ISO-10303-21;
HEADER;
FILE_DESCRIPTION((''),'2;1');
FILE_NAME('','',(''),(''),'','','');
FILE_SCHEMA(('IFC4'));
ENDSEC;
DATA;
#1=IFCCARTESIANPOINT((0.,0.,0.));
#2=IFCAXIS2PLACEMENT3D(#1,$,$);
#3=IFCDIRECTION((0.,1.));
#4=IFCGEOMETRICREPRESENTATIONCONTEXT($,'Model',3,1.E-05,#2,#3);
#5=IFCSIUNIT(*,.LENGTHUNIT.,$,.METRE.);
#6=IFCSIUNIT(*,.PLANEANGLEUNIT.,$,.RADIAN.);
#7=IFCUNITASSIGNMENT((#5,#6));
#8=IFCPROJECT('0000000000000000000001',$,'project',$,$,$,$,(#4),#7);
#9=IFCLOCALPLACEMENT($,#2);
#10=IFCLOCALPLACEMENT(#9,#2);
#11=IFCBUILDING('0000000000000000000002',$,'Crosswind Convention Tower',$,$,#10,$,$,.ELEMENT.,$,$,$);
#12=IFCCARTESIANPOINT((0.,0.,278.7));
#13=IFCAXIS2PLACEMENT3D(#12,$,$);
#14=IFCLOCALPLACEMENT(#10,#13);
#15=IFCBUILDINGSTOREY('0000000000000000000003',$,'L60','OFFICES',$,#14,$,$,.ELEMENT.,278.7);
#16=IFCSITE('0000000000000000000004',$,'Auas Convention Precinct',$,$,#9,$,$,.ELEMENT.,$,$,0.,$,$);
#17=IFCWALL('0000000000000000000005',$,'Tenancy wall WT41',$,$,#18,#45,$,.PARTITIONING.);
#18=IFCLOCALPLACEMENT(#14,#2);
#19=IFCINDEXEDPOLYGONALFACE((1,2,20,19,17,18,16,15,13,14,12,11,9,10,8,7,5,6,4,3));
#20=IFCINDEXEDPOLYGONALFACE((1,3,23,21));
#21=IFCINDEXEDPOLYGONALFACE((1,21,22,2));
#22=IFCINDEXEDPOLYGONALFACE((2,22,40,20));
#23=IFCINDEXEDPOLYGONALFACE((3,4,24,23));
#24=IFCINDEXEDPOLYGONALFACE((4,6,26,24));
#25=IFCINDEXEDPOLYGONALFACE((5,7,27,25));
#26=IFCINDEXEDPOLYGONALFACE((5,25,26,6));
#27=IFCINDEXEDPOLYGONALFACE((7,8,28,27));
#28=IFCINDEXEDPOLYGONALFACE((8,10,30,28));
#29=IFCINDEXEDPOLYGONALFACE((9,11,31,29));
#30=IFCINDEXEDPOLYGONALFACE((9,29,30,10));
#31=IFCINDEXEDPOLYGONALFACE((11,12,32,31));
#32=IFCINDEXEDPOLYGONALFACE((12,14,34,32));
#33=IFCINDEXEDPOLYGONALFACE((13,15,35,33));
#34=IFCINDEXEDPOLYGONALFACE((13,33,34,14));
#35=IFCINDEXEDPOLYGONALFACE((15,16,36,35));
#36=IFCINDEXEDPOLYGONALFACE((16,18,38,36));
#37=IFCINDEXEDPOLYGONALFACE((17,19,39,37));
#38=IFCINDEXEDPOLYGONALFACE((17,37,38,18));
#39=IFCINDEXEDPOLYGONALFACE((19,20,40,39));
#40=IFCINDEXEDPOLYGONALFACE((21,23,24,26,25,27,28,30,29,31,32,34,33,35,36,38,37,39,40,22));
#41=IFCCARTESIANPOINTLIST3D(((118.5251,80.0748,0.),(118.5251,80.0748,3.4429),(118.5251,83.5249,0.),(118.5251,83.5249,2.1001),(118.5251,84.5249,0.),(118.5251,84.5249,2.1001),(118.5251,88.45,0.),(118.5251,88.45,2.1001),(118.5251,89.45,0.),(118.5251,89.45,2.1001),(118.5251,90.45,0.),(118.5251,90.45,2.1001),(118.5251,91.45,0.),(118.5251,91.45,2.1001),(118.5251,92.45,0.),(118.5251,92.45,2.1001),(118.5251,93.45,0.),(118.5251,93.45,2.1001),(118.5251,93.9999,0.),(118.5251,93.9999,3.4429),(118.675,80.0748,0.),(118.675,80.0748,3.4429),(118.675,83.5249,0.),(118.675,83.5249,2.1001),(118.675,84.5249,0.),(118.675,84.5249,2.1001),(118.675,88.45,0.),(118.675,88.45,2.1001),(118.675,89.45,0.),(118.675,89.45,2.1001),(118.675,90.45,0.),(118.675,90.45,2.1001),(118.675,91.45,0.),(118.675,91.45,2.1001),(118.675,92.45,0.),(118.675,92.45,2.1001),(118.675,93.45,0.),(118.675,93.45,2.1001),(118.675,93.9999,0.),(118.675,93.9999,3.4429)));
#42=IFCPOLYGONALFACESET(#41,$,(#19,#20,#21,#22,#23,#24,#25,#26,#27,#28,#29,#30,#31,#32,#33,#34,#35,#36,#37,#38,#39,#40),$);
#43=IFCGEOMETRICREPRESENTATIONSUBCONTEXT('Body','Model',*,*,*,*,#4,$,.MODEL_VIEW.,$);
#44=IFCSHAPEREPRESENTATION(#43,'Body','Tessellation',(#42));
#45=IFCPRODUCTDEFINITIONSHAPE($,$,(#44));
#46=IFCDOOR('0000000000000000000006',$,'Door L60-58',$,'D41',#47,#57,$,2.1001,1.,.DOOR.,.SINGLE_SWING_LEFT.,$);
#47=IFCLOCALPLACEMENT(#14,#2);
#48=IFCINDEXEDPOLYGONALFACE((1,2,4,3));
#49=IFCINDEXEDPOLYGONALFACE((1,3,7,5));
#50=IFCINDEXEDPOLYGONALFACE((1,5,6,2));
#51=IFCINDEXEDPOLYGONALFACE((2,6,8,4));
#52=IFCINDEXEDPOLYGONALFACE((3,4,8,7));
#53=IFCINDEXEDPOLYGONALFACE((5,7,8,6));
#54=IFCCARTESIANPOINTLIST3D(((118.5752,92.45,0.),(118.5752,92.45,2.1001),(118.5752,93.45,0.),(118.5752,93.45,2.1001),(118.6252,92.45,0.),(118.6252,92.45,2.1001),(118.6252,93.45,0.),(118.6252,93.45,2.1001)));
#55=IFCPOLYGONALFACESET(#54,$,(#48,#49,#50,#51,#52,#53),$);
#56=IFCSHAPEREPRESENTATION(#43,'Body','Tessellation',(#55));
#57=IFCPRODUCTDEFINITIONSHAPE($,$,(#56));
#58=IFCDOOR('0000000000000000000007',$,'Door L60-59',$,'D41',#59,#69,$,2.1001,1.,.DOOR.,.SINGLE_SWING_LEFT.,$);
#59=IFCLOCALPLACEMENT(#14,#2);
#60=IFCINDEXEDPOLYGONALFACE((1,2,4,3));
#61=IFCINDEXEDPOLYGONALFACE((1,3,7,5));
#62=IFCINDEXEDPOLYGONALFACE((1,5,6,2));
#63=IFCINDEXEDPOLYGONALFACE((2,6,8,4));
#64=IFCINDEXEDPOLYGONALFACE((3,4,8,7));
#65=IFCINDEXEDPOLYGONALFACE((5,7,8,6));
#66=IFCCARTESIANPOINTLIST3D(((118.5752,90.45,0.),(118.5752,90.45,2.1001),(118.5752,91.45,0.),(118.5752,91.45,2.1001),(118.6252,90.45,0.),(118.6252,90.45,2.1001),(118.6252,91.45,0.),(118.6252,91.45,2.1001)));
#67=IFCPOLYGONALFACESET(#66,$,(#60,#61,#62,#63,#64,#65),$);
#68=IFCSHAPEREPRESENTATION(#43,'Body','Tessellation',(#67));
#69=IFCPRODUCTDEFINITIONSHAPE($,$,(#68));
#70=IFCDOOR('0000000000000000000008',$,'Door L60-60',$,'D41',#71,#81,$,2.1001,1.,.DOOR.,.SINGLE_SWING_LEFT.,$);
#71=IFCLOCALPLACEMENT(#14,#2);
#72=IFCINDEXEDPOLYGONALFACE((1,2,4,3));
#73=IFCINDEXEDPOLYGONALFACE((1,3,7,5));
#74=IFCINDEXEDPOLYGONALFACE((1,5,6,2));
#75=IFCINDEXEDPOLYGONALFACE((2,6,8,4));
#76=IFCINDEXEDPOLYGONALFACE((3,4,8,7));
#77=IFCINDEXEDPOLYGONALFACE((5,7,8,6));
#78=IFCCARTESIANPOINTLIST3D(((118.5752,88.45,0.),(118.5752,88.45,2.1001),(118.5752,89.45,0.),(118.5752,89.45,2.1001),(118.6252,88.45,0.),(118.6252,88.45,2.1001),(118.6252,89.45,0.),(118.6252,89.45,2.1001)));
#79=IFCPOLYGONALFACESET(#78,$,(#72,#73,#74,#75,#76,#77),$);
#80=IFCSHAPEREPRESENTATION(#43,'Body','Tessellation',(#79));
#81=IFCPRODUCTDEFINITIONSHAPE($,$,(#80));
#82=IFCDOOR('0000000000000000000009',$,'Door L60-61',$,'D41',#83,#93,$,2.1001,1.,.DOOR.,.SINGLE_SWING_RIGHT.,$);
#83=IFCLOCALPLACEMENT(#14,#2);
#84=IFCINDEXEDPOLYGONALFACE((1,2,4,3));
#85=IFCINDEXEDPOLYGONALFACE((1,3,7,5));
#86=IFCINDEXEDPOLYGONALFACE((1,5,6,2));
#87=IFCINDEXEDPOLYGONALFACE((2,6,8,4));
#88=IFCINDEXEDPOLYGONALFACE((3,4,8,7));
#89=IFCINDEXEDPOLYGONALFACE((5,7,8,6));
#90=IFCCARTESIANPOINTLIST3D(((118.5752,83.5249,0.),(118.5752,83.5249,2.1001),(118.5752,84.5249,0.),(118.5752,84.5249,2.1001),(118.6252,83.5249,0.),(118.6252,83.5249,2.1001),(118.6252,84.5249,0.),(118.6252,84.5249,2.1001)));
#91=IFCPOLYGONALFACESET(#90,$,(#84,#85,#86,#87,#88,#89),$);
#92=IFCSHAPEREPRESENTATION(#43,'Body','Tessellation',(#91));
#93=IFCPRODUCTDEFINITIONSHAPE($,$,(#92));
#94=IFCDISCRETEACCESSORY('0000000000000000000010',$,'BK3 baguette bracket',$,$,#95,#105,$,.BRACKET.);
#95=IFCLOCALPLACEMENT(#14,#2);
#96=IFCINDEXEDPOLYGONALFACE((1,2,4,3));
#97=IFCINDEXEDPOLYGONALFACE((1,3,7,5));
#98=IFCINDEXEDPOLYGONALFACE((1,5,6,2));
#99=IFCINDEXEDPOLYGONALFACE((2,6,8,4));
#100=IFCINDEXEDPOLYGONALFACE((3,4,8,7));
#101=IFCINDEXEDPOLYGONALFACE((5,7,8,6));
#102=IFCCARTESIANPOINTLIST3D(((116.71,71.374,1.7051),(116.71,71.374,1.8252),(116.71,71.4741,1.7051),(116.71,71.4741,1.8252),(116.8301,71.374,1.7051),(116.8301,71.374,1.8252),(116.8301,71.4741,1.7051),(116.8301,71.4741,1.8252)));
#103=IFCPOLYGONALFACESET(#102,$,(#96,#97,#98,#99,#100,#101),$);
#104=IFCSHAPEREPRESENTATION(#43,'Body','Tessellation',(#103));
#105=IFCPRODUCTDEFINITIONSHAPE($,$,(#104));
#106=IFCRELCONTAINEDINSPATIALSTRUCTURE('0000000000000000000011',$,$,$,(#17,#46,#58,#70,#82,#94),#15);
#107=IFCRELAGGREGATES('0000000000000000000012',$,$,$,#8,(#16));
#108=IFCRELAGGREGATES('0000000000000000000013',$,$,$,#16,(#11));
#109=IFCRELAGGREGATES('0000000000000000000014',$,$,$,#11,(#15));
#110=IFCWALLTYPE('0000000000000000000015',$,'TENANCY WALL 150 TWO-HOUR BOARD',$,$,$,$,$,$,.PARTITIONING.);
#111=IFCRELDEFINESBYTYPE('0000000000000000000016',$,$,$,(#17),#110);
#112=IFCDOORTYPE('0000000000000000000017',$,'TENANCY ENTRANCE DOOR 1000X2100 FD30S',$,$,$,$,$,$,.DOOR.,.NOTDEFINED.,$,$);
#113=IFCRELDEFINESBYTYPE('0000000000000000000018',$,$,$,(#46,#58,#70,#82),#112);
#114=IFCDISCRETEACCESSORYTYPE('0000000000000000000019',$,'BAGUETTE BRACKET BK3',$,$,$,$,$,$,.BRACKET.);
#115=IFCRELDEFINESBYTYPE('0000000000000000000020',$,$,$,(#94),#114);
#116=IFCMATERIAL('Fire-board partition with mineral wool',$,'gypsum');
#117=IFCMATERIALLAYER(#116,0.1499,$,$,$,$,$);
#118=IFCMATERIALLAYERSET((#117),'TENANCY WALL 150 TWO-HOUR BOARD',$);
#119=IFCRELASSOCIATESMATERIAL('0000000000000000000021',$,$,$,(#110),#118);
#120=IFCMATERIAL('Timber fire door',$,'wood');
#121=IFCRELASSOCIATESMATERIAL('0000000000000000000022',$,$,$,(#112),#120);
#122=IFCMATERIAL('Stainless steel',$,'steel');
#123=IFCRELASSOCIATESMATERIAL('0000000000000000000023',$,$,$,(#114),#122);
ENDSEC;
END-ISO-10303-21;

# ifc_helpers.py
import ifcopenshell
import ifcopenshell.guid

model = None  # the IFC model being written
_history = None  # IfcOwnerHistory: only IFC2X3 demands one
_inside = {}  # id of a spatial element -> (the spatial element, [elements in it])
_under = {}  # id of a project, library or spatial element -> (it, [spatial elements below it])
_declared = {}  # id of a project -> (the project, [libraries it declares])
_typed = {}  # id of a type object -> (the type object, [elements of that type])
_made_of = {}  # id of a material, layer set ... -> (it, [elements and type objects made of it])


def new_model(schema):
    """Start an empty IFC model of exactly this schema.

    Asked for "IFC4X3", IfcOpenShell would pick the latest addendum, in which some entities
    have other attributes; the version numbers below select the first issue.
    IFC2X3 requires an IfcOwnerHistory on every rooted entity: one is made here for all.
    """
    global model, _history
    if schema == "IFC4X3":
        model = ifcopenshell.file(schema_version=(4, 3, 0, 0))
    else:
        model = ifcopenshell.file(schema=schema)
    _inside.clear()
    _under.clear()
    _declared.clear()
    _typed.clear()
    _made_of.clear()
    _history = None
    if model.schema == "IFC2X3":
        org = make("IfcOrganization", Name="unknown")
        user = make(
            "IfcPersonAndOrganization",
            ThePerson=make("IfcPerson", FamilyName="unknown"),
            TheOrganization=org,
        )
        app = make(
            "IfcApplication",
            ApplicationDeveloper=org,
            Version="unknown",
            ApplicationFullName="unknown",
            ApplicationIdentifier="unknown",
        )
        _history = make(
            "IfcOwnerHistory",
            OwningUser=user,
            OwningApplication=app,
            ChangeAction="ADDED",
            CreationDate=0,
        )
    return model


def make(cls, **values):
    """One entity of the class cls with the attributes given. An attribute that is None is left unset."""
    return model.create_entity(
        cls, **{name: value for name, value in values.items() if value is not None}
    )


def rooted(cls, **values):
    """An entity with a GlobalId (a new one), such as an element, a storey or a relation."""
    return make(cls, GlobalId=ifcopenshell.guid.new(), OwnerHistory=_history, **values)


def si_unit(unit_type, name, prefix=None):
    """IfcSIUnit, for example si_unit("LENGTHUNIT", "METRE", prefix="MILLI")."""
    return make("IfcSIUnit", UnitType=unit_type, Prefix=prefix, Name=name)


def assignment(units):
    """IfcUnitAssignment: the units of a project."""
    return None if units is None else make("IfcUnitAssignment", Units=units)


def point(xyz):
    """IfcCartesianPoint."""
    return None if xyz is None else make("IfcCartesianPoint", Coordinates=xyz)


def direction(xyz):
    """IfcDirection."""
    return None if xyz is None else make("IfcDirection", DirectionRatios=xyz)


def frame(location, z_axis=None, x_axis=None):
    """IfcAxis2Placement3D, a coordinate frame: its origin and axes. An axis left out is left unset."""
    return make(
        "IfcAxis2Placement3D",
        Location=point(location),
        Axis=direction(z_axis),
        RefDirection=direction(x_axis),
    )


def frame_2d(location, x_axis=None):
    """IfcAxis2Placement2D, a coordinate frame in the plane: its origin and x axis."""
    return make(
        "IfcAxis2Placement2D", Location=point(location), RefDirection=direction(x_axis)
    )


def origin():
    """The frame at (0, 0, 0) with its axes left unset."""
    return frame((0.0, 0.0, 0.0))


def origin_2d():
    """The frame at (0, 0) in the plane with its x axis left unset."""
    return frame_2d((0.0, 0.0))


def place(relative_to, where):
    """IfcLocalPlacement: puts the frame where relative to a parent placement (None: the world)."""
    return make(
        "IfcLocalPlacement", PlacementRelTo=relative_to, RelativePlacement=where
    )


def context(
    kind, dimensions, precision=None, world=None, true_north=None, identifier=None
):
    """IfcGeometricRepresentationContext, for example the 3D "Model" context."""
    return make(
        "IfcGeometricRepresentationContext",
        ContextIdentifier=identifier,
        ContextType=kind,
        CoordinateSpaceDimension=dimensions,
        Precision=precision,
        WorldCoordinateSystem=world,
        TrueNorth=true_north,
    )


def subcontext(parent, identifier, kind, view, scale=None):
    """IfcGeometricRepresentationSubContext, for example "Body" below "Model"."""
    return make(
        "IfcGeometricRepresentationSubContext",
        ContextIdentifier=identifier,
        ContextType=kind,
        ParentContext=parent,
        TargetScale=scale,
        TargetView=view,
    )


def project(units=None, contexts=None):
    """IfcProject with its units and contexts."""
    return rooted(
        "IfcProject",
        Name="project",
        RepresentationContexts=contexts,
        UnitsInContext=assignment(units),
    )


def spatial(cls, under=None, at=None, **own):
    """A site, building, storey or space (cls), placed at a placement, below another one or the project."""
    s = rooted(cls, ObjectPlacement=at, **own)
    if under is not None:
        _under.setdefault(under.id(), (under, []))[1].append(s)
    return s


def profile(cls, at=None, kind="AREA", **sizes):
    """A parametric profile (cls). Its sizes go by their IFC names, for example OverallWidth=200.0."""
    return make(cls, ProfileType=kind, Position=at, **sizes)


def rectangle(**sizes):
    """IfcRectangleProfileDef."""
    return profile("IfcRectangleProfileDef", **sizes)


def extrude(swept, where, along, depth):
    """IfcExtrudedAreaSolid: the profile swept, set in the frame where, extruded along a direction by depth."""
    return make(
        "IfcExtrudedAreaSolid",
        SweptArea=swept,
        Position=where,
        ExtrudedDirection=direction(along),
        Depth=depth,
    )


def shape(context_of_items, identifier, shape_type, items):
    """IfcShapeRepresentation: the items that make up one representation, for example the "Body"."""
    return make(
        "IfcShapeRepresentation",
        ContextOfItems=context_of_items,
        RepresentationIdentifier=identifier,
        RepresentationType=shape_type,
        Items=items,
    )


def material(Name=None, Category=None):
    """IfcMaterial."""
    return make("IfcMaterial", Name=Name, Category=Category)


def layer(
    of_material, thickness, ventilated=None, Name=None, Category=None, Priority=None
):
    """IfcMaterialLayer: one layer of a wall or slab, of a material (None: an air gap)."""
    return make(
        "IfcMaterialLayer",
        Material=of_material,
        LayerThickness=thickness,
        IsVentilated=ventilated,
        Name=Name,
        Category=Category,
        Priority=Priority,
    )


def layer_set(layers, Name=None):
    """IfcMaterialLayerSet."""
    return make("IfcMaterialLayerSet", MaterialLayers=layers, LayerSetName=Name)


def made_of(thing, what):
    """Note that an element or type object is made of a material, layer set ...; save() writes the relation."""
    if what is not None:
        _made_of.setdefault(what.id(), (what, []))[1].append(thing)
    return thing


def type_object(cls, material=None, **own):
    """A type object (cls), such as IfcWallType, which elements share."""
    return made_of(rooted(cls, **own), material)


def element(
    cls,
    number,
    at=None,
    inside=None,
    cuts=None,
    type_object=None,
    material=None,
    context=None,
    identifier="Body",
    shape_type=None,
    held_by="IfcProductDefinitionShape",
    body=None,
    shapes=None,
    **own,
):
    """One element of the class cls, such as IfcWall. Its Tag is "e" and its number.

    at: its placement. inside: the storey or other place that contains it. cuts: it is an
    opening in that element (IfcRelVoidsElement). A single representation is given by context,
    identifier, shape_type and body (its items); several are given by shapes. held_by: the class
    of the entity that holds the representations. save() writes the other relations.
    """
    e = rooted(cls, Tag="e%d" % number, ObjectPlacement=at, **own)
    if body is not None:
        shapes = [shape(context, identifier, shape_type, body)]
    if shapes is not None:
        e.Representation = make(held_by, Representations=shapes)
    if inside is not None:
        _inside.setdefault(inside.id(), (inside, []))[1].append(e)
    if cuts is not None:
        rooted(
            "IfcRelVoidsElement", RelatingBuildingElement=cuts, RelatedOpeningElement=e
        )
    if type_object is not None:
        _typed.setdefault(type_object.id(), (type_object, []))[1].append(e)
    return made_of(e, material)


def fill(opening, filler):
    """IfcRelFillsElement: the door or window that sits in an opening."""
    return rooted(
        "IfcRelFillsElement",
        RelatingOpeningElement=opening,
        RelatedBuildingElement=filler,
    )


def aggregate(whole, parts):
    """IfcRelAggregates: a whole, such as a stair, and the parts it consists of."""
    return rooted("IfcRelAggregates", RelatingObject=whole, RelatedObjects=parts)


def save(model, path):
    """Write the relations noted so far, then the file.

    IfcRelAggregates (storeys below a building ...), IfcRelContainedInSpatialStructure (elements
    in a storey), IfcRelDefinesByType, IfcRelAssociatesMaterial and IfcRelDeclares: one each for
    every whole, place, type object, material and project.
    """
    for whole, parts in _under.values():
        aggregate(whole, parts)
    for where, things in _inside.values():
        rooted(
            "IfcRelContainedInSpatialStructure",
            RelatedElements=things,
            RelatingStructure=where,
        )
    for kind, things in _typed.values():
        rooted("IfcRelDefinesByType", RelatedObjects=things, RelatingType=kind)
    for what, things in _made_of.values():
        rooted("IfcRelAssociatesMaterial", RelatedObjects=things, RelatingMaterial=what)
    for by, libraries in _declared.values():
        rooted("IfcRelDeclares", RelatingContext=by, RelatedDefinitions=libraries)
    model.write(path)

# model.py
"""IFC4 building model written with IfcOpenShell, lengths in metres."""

from ifc_helpers import new_model, si_unit, direction, frame, frame_2d, origin, origin_2d, place, context, subcontext, project, spatial, rectangle, extrude, material, layer, layer_set, type_object, element, fill, save


model = new_model("IFC4")

# Units and contexts
model_context = context("Model", 3, precision=1e-05, world=origin(), true_north=direction((0.0, 1.0)))
body_context = subcontext(model_context, "Body", "Model", "MODEL_VIEW")
ifc_project = project(units=[si_unit("LENGTHUNIT", "METRE"), si_unit("PLANEANGLEUNIT", "RADIAN")], contexts=[model_context])

# Site, building, storey
site_placement = place(None, origin())
site = spatial("IfcSite", under=ifc_project, at=site_placement, Name="Auas Convention Precinct", CompositionType="ELEMENT", RefElevation=0.0)
building_placement = place(site_placement, origin())
building = spatial("IfcBuilding", under=site, at=building_placement, Name="Crosswind Convention Tower", CompositionType="ELEMENT")
storey_placement = place(building_placement, frame((0.0, 0.0, 278.7)))
storey = spatial("IfcBuildingStorey", under=building, at=storey_placement, Name="L60", Description="OFFICES", CompositionType="ELEMENT", Elevation=278.7)

# Wall, openings, doors
ifc_material_1 = material(Name="Fire-board partition with mineral wool", Category="gypsum")
ifc_layer_1 = layer(ifc_material_1, 0.1499)
ifc_layer_set_1 = layer_set([ifc_layer_1], Name="TENANCY WALL 150 TWO-HOUR BOARD")
wall_type = type_object("IfcWallType", Name="TENANCY WALL 150 TWO-HOUR BOARD", PredefinedType="PARTITIONING", material=ifc_layer_set_1)
wall_placement = place(storey_placement, frame((118.6001, 80.075, 0.0), z_axis=(0.0, 0.0, 1.0), x_axis=(0.0, 1.0, 0.0)))
wall = element("IfcWall", 1, at=wall_placement, inside=storey, type_object=wall_type, Name="Tenancy wall WT41", PredefinedType="PARTITIONING", context=body_context, shape_type="SweptSolid", body=[
    extrude(rectangle(XDim=13.925, YDim=0.1499, at=frame_2d((6.9624, 0.0))), origin(), (0.0, 0.0, 1.0), 3.4429),
])
opening_1_placement = place(wall_placement, frame((12.375, 0.0, 0.0)))
opening_1 = element("IfcOpeningElement", 2, at=opening_1_placement, cuts=wall, PredefinedType="OPENING", context=body_context, shape_type="SweptSolid", body=[
    extrude(rectangle(XDim=1.0, YDim=2.1001, at=frame_2d((0.5, 1.05))), frame((0.0, 0.085, 0.0), z_axis=(0.0, -1.0, 0.0), x_axis=(1.0, 0.0, 0.0)), (0.0, 0.0, 1.0), 0.1699),
])
opening_2_placement = place(wall_placement, frame((10.375, 0.0, 0.0)))
opening_2 = element("IfcOpeningElement", 3, at=opening_2_placement, cuts=wall, PredefinedType="OPENING", context=body_context, shape_type="SweptSolid", body=[
    extrude(rectangle(XDim=1.0, YDim=2.1001, at=frame_2d((0.5, 1.05))), frame((0.0, 0.085, 0.0), z_axis=(0.0, -1.0, 0.0), x_axis=(1.0, 0.0, 0.0)), (0.0, 0.0, 1.0), 0.1699),
])
opening_3_placement = place(wall_placement, frame((8.375, 0.0, 0.0)))
opening_3 = element("IfcOpeningElement", 4, at=opening_3_placement, cuts=wall, PredefinedType="OPENING", context=body_context, shape_type="SweptSolid", body=[
    extrude(rectangle(XDim=1.0, YDim=2.1001, at=frame_2d((0.5, 1.05))), frame((0.0, 0.085, 0.0), z_axis=(0.0, -1.0, 0.0), x_axis=(1.0, 0.0, 0.0)), (0.0, 0.0, 1.0), 0.1699),
])
opening_4_placement = place(wall_placement, frame((3.45, 0.0, 0.0)))
opening_4 = element("IfcOpeningElement", 5, at=opening_4_placement, cuts=wall, PredefinedType="OPENING", context=body_context, shape_type="SweptSolid", body=[
    extrude(rectangle(XDim=1.0, YDim=2.1001, at=frame_2d((0.5, 1.05))), frame((0.0, 0.085, 0.0), z_axis=(0.0, -1.0, 0.0), x_axis=(1.0, 0.0, 0.0)), (0.0, 0.0, 1.0), 0.1699),
])
ifc_material_2 = material(Name="Timber fire door", Category="wood")
door_type = type_object("IfcDoorType", Name="TENANCY ENTRANCE DOOR 1000X2100 FD30S", OperationType="NOTDEFINED", PredefinedType="DOOR", material=ifc_material_2)
door_1_placement = place(opening_1_placement, origin())
door_1 = element("IfcDoor", 6, at=door_1_placement, inside=storey, type_object=door_type, Name="Door L60-58", ObjectType="D41", OperationType="SINGLE_SWING_LEFT", OverallHeight=2.1001, OverallWidth=1.0, PredefinedType="DOOR", context=body_context, shape_type="SweptSolid", body=[
    extrude(rectangle(XDim=1.0, YDim=2.1001, at=frame_2d((0.5, 1.05))), frame((0.0, 0.0249, 0.0), z_axis=(0.0, -1.0, 0.0), x_axis=(1.0, 0.0, 0.0)), (0.0, 0.0, 1.0), 0.05),
])
fill(opening_1, door_1)
door_2_placement = place(opening_2_placement, origin())
door_2 = element("IfcDoor", 7, at=door_2_placement, inside=storey, type_object=door_type, Name="Door L60-59", ObjectType="D41", OperationType="SINGLE_SWING_LEFT", OverallHeight=2.1001, OverallWidth=1.0, PredefinedType="DOOR", context=body_context, shape_type="SweptSolid", body=[
    extrude(rectangle(XDim=1.0, YDim=2.1001, at=frame_2d((0.5, 1.05))), frame((0.0, 0.0249, 0.0), z_axis=(0.0, -1.0, 0.0), x_axis=(1.0, 0.0, 0.0)), (0.0, 0.0, 1.0), 0.05),
])
fill(opening_2, door_2)
door_3_placement = place(opening_3_placement, origin())
door_3 = element("IfcDoor", 8, at=door_3_placement, inside=storey, type_object=door_type, Name="Door L60-60", ObjectType="D41", OperationType="SINGLE_SWING_LEFT", OverallHeight=2.1001, OverallWidth=1.0, PredefinedType="DOOR", context=body_context, shape_type="SweptSolid", body=[
    extrude(rectangle(XDim=1.0, YDim=2.1001, at=frame_2d((0.5, 1.05))), frame((0.0, 0.0249, 0.0), z_axis=(0.0, -1.0, 0.0), x_axis=(1.0, 0.0, 0.0)), (0.0, 0.0, 1.0), 0.05),
])
fill(opening_3, door_3)
door_4_placement = place(opening_4_placement, origin())
door_4 = element("IfcDoor", 9, at=door_4_placement, inside=storey, type_object=door_type, Name="Door L60-61", ObjectType="D41", OperationType="SINGLE_SWING_RIGHT", OverallHeight=2.1001, OverallWidth=1.0, PredefinedType="DOOR", context=body_context, shape_type="SweptSolid", body=[
    extrude(rectangle(XDim=1.0, YDim=2.1001, at=frame_2d((0.5, 1.05))), frame((0.0, 0.0249, 0.0), z_axis=(0.0, -1.0, 0.0), x_axis=(1.0, 0.0, 0.0)), (0.0, 0.0, 1.0), 0.05),
])
fill(opening_4, door_4)

# Discrete accessory
ifc_material_3 = material(Name="Stainless steel", Category="steel")
discrete_accessory_type = type_object("IfcDiscreteAccessoryType", Name="BAGUETTE BRACKET BK3", PredefinedType="BRACKET", material=ifc_material_3)
discrete_accessory_placement = place(storey_placement, frame((116.77, 71.4241, 1.7051), z_axis=(0.0, 0.0, 1.0), x_axis=(1.0, 0.0, 0.0)))
element("IfcDiscreteAccessory", 10, at=discrete_accessory_placement, inside=storey, type_object=discrete_accessory_type, Name="BK3 baguette bracket", PredefinedType="BRACKET", context=body_context, shape_type="SweptSolid", body=[
    extrude(rectangle(XDim=0.1201, YDim=0.1001, at=origin_2d()), origin(), (0.0, 0.0, 1.0), 0.1201),
])

save(model, "model.ifc")
